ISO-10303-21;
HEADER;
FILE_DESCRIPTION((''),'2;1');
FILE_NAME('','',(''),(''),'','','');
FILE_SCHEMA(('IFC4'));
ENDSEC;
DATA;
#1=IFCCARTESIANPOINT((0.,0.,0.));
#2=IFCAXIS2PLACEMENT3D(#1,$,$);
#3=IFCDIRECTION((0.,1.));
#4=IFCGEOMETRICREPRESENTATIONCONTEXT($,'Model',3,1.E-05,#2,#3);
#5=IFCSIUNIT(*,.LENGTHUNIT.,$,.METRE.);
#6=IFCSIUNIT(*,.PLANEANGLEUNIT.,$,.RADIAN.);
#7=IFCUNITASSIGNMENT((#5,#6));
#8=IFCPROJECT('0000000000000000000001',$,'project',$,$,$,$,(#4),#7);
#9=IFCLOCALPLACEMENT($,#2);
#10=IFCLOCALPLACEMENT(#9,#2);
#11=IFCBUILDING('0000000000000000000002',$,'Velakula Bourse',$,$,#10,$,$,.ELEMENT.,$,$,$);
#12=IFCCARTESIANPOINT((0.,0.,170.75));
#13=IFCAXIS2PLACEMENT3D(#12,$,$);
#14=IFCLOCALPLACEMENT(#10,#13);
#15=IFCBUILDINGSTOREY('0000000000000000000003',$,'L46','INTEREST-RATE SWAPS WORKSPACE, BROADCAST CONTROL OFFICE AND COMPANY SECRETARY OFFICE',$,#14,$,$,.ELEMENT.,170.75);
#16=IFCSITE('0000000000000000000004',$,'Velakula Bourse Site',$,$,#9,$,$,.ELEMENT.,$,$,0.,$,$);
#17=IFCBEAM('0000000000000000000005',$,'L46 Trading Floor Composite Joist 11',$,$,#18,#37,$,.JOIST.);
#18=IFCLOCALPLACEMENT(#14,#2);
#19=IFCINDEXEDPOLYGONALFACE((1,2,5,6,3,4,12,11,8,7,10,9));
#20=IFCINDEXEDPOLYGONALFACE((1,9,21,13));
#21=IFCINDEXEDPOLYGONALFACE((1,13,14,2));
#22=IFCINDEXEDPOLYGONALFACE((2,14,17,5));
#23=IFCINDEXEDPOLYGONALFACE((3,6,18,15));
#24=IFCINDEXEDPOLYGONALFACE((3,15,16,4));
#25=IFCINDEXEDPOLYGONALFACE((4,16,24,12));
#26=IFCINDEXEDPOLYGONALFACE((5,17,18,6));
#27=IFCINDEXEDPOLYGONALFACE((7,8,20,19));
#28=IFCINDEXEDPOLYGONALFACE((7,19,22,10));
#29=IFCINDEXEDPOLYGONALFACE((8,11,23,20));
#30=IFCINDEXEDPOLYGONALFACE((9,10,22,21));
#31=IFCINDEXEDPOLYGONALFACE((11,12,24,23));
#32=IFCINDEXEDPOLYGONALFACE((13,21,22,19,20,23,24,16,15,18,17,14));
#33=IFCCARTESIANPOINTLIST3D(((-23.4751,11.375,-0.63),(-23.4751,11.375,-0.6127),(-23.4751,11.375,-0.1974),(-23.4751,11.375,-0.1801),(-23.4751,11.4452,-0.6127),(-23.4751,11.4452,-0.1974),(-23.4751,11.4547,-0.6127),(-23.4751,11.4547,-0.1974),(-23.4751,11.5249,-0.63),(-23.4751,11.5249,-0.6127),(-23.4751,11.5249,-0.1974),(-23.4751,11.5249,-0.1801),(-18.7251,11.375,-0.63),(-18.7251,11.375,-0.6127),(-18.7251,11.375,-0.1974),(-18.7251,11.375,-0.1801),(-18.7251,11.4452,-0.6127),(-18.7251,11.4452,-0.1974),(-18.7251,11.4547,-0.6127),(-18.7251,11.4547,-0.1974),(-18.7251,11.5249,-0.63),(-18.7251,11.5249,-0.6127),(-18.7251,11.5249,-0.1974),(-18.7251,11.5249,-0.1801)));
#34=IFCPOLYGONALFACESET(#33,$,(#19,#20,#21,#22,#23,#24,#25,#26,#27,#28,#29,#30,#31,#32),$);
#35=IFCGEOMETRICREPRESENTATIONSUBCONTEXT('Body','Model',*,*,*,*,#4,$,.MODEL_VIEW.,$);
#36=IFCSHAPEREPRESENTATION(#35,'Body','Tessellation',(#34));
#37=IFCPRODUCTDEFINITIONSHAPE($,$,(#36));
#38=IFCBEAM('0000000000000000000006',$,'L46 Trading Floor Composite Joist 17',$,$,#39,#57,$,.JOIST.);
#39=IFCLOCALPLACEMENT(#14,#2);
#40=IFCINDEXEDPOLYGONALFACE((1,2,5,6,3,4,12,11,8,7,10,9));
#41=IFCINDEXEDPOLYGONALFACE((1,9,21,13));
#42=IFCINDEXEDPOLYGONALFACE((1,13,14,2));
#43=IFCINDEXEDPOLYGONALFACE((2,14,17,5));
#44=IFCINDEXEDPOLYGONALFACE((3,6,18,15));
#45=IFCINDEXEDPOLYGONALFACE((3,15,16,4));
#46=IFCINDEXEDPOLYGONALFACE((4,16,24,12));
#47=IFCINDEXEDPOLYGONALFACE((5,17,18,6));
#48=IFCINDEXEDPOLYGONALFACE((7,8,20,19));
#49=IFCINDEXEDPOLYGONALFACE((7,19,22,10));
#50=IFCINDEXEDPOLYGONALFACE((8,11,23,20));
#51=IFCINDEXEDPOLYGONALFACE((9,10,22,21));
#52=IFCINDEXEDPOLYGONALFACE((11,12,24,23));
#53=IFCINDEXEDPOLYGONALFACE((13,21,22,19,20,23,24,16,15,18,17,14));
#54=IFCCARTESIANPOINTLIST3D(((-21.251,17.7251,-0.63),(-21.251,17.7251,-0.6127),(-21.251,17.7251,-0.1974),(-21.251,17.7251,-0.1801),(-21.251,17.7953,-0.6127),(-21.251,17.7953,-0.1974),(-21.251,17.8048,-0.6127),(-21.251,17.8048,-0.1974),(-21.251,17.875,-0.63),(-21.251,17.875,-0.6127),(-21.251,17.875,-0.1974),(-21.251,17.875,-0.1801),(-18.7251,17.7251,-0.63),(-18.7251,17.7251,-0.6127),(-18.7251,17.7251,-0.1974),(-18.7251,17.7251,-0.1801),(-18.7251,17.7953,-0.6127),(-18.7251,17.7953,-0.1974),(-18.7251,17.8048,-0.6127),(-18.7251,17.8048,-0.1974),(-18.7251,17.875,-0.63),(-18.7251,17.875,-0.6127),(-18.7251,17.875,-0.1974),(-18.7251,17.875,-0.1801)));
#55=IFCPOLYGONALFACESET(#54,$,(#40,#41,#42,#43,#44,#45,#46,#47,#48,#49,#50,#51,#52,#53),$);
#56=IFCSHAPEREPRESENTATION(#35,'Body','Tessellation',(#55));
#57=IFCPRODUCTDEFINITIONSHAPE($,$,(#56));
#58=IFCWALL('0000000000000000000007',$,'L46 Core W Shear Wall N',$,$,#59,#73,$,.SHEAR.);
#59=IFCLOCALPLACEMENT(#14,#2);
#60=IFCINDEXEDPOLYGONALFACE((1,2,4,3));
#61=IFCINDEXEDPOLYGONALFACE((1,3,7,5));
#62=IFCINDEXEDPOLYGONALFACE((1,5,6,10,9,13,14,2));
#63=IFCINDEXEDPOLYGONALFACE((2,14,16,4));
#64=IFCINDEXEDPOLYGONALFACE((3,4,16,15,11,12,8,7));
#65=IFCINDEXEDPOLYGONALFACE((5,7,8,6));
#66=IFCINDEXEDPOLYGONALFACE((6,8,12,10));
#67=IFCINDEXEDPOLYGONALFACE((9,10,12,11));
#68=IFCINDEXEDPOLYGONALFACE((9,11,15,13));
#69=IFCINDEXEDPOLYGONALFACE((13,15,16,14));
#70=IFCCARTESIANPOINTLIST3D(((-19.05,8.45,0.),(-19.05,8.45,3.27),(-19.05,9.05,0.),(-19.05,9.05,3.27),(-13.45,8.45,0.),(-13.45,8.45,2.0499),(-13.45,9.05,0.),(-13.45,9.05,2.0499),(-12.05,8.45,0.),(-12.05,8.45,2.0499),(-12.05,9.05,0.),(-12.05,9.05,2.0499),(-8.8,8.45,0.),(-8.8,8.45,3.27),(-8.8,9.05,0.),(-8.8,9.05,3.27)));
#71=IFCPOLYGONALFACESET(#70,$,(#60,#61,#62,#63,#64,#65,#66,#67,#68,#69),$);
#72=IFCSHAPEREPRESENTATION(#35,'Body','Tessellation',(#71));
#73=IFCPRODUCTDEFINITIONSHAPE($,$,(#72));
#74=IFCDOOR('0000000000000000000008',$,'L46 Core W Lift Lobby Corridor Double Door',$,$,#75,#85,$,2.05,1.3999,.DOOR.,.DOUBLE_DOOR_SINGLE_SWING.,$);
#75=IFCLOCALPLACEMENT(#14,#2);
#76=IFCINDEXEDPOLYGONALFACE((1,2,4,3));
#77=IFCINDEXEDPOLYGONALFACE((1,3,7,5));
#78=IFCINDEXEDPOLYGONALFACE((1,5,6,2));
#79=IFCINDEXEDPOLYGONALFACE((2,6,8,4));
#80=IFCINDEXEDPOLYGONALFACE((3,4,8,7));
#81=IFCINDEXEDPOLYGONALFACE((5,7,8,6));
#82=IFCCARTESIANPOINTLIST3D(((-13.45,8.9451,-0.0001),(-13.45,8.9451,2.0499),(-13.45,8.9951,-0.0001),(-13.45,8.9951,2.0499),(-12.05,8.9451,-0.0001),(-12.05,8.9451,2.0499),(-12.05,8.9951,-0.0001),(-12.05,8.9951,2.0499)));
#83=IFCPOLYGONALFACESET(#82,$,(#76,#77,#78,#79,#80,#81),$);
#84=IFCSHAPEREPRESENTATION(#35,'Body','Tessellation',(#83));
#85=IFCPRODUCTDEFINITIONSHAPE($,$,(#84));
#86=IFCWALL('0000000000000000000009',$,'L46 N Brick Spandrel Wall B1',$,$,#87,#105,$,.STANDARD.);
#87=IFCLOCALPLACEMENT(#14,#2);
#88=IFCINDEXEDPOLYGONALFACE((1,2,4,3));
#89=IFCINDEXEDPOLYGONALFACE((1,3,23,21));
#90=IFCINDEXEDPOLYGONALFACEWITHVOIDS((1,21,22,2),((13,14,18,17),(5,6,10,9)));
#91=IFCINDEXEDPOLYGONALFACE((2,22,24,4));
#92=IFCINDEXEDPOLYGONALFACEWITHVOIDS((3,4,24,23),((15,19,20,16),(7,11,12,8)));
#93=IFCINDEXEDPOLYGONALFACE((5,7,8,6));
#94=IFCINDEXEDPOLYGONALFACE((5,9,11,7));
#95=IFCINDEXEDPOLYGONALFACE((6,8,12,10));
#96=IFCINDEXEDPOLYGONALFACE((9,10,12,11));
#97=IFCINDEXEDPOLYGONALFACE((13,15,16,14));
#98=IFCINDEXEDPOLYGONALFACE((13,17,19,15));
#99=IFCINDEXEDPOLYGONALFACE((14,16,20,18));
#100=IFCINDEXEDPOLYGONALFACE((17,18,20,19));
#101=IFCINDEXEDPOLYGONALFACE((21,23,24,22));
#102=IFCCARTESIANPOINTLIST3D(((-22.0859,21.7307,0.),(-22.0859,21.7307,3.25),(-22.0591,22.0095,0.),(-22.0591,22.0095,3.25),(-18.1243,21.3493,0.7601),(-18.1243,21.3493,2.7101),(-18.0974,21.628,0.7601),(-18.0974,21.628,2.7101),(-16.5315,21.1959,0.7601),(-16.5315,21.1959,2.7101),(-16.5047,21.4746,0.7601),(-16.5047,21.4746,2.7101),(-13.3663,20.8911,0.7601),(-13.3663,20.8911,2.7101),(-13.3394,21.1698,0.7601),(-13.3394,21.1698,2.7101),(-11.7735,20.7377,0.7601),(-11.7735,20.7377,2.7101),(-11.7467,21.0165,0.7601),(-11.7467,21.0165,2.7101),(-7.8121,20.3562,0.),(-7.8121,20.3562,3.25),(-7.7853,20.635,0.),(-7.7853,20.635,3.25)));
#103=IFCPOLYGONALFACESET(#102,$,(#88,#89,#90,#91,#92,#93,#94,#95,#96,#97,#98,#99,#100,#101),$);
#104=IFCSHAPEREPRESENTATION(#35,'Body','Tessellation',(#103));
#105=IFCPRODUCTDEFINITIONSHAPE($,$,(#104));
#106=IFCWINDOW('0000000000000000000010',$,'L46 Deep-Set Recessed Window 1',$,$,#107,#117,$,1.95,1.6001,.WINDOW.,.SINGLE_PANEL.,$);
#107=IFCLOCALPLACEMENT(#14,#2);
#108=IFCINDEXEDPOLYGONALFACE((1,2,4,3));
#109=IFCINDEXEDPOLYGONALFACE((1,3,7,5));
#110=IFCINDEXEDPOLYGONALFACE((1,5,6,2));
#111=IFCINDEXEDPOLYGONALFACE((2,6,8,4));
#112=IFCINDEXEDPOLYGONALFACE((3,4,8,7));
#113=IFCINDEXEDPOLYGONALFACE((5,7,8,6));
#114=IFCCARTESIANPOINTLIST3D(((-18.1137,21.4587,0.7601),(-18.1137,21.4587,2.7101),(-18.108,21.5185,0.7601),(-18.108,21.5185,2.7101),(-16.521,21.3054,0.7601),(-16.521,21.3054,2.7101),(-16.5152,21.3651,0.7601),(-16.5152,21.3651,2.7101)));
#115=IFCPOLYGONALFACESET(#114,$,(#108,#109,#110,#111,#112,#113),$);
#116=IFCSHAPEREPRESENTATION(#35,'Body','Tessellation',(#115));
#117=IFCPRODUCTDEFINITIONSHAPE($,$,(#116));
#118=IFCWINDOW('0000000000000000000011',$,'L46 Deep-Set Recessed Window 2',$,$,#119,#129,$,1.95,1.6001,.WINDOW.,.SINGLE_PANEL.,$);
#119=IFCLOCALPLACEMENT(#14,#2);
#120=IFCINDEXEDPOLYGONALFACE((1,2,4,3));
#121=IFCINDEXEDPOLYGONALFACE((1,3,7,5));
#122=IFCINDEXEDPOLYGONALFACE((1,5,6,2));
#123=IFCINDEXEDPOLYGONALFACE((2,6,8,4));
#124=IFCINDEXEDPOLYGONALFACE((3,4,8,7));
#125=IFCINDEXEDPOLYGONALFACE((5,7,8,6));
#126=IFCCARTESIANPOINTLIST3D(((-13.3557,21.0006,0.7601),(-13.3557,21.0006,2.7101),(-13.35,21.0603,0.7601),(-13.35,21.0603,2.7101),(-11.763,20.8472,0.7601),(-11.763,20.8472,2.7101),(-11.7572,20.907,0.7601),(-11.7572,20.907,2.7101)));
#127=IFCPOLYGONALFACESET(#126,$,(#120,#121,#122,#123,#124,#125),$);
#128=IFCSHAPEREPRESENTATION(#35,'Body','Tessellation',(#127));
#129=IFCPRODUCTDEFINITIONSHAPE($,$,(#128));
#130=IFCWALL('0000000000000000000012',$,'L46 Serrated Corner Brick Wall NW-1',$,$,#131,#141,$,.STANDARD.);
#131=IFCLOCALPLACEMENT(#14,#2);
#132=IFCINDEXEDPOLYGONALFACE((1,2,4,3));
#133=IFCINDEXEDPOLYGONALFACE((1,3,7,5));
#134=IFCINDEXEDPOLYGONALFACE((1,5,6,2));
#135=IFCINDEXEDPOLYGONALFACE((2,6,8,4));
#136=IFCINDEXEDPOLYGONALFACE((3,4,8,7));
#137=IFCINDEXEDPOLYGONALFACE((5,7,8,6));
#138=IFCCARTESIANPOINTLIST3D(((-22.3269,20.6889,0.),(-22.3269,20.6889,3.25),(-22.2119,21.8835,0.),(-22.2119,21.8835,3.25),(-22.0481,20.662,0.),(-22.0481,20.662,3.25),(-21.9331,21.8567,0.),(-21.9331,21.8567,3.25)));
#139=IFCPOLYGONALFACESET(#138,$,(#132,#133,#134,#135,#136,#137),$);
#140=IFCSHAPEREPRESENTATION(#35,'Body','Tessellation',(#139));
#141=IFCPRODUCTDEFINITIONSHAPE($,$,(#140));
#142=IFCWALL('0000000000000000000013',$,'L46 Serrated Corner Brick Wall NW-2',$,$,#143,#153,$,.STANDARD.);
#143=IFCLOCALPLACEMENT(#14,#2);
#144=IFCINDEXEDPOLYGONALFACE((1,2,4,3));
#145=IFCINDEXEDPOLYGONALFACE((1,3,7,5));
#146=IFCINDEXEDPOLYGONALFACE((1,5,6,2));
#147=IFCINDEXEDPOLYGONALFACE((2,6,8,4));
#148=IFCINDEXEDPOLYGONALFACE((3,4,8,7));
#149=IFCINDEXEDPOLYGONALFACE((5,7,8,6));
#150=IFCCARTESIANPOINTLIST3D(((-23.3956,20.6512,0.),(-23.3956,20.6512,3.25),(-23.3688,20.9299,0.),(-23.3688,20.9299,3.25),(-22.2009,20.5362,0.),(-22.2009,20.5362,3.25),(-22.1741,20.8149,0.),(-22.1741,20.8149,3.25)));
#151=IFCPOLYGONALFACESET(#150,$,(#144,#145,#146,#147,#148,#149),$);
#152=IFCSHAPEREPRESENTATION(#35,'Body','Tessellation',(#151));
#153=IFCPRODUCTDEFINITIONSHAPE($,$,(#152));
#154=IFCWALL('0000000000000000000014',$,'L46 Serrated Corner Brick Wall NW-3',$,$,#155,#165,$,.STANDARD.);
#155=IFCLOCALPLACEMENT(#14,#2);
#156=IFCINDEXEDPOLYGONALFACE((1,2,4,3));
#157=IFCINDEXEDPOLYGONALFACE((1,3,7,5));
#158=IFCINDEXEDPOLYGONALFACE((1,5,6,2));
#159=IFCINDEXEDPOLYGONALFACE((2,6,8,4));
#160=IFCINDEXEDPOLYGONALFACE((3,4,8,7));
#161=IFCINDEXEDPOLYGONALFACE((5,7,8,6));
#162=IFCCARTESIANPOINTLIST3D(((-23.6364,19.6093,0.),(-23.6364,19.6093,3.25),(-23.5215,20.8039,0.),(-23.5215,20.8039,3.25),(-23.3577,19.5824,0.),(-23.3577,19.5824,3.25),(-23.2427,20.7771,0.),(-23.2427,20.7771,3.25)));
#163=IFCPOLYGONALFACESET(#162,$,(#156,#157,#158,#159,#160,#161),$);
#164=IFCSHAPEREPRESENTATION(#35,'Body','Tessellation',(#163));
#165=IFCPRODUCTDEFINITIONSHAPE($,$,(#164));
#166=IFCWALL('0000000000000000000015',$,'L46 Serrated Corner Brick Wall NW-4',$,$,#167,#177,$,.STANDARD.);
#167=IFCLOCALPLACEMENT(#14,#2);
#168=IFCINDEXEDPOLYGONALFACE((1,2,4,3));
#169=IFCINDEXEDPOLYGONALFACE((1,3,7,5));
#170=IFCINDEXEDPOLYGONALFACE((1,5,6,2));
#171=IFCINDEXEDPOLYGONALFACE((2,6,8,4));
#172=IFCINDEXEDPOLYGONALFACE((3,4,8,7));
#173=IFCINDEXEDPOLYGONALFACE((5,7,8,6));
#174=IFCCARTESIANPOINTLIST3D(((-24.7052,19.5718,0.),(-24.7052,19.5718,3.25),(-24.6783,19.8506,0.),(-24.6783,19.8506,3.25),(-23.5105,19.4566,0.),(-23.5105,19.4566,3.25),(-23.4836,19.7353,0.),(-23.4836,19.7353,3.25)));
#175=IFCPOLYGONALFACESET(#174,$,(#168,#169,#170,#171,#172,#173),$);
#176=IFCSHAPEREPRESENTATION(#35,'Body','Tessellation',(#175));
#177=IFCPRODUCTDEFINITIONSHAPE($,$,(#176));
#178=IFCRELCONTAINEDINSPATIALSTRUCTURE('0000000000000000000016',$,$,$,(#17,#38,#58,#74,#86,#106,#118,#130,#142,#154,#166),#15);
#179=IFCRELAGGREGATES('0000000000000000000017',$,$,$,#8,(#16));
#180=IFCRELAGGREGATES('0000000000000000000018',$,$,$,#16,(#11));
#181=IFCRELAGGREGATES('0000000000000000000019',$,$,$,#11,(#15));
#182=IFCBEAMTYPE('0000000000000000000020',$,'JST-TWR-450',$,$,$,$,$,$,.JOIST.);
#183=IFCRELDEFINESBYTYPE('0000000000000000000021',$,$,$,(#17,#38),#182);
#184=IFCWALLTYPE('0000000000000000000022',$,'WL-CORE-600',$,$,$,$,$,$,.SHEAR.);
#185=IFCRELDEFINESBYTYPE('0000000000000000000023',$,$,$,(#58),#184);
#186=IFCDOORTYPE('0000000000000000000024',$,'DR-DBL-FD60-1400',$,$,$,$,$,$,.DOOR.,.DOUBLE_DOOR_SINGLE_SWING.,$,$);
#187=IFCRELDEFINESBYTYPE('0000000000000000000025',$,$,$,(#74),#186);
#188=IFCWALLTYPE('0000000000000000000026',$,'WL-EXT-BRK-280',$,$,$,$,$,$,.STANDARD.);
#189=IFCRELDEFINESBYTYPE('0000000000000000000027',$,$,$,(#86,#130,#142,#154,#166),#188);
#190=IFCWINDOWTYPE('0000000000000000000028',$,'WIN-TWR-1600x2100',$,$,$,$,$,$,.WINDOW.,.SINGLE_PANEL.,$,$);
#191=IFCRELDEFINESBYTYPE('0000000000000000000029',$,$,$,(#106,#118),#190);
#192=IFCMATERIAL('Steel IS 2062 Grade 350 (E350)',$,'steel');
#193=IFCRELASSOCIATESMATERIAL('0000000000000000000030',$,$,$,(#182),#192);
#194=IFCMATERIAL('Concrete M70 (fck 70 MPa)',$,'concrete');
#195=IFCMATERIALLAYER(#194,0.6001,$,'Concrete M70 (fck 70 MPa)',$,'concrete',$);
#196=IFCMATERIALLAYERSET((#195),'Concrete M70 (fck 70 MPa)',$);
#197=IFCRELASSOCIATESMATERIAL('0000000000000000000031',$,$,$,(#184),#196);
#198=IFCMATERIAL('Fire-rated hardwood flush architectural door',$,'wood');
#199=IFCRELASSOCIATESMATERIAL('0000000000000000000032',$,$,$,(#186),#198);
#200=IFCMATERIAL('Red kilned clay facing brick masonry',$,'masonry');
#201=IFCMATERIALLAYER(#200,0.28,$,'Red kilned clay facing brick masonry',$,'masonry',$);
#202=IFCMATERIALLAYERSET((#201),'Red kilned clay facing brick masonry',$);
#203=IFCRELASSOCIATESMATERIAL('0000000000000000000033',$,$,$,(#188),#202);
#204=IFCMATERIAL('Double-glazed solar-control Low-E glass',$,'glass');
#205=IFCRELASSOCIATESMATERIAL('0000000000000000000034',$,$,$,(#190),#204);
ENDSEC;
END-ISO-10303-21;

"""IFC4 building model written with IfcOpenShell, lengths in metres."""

from ifc_helpers import new_model, si_unit, direction, frame, frame_2d, origin, origin_2d, place, context, subcontext, project, spatial, rectangle, i_section, extrude, material, layer, layer_set, material_profile, profile_set, type_object, element, fill, save


model = new_model("IFC4")

# Units and contexts
model_context = context("Model", 3, precision=1e-05, world=origin(), true_north=direction((0.0, 1.0)))
body_context = subcontext(model_context, "Body", "Model", "MODEL_VIEW")
ifc_project = project(units=[si_unit("LENGTHUNIT", "METRE"), si_unit("PLANEANGLEUNIT", "RADIAN")], contexts=[model_context])

# Site, building, storey
site_placement = place(None, origin())
site = spatial("IfcSite", under=ifc_project, at=site_placement, Name="Velakula Bourse Site", CompositionType="ELEMENT", RefElevation=0.0)
building_placement = place(site_placement, origin())
building = spatial("IfcBuilding", under=site, at=building_placement, Name="Velakula Bourse", CompositionType="ELEMENT")
storey_placement = place(building_placement, frame((0.0, 0.0, 170.75)))
storey = spatial("IfcBuildingStorey", under=building, at=storey_placement, Name="L46", Description="INTEREST-RATE SWAPS WORKSPACE, BROADCAST CONTROL OFFICE AND COMPANY SECRETARY OFFICE", CompositionType="ELEMENT", Elevation=170.75)

# Shared definitions
ifc_material_1 = material(Name="Steel IS 2062 Grade 350 (E350)", Category="steel")

# Beams
ifc_material_profile_1 = material_profile(ifc_material_1, i_section(OverallWidth=0.1499, OverallDepth=0.45, WebThickness=0.0095, FlangeThickness=0.0173, at=origin_2d()), Name="Steel IS 2062 Grade 350 (E350)")
ifc_profile_set_1 = profile_set([ifc_material_profile_1], Name="Steel IS 2062 Grade 350 (E350)")
beam_type_1 = type_object("IfcBeamType", Name="JST-TWR-450", PredefinedType="JOIST", material=ifc_profile_set_1)
beam_1_placement = place(storey_placement, frame((-23.4751, 11.45, -0.405), z_axis=(1.0, 0.0, 0.0), x_axis=(0.0, 1.0, 0.0)))
element("IfcBeam", 1, at=beam_1_placement, inside=storey, type_object=beam_type_1, Name="L46 Trading Floor Composite Joist 11", PredefinedType="JOIST", context=body_context, shape_type="SweptSolid", body=[
    extrude(i_section(OverallWidth=0.1499, OverallDepth=0.45, WebThickness=0.0095, FlangeThickness=0.0173, at=origin_2d()), origin(), (0.0, 0.0, 1.0), 4.75),
])
beam_2_placement = place(storey_placement, frame((-21.251, 17.8, -0.405), z_axis=(1.0, 0.0, 0.0), x_axis=(0.0, 1.0, 0.0)))
element("IfcBeam", 2, at=beam_2_placement, inside=storey, type_object=beam_type_1, Name="L46 Trading Floor Composite Joist 17", PredefinedType="JOIST", context=body_context, shape_type="SweptSolid", body=[
    extrude(i_section(OverallWidth=0.1499, OverallDepth=0.45, WebThickness=0.0095, FlangeThickness=0.0173, at=origin_2d()), origin(), (0.0, 0.0, 1.0), 2.5259),
])

# Wall, opening, door
ifc_material_2 = material(Name="Concrete M70 (fck 70 MPa)", Category="concrete")
ifc_layer_1 = layer(ifc_material_2, 0.6001, Name="Concrete M70 (fck 70 MPa)", Category="concrete")
ifc_layer_set_1 = layer_set([ifc_layer_1], Name="Concrete M70 (fck 70 MPa)")
wall_type_1 = type_object("IfcWallType", Name="WL-CORE-600", PredefinedType="SHEAR", material=ifc_layer_set_1)
wall_1_placement = place(storey_placement, frame((-19.05, 8.75, 0.0), z_axis=(0.0, 0.0, 1.0), x_axis=(1.0, 0.0, 0.0)))
wall_1 = element("IfcWall", 3, at=wall_1_placement, inside=storey, type_object=wall_type_1, Name="L46 Core W Shear Wall N", PredefinedType="SHEAR", context=body_context, shape_type="SweptSolid", body=[
    extrude(rectangle(XDim=10.25, YDim=0.6001, at=frame_2d((5.125, 0.0))), origin(), (0.0, 0.0, 1.0), 3.27),
])
opening_1_placement = place(wall_1_placement, frame((5.6001, 0.0, 0.0)))
opening_1 = element("IfcOpeningElement", 4, at=opening_1_placement, cuts=wall_1, PredefinedType="OPENING", context=body_context, shape_type="SweptSolid", body=[
    extrude(rectangle(XDim=1.3999, YDim=2.05, at=frame_2d((0.7, 1.0249))), frame((0.0, 0.3101, 0.0), z_axis=(0.0, -1.0, 0.0), x_axis=(1.0, 0.0, 0.0)), (0.0, 0.0, 1.0), 0.6201),
])
ifc_material_3 = material(Name="Fire-rated hardwood flush architectural door", Category="wood")
door_type_1 = type_object("IfcDoorType", Name="DR-DBL-FD60-1400", OperationType="DOUBLE_DOOR_SINGLE_SWING", PredefinedType="DOOR", material=ifc_material_3)
door_1_placement = place(opening_1_placement, origin())
door_1 = element("IfcDoor", 5, at=door_1_placement, inside=storey, type_object=door_type_1, Name="L46 Core W Lift Lobby Corridor Double Door", OperationType="DOUBLE_DOOR_SINGLE_SWING", OverallHeight=2.05, OverallWidth=1.3999, PredefinedType="DOOR", context=body_context, shape_type="SweptSolid", body=[
    extrude(rectangle(XDim=1.3999, YDim=2.05, at=frame_2d((0.7, 1.0249))), frame((0.0, 0.2451, 0.0), z_axis=(0.0, -1.0, 0.0), x_axis=(1.0, 0.0, 0.0)), (0.0, 0.0, 1.0), 0.05),
])
fill(opening_1, door_1)

# Wall, openings, windows
ifc_material_4 = material(Name="Red kilned clay facing brick masonry", Category="masonry")
ifc_layer_2 = layer(ifc_material_4, 0.28, Name="Red kilned clay facing brick masonry", Category="masonry")
ifc_layer_set_2 = layer_set([ifc_layer_2], Name="Red kilned clay facing brick masonry")
wall_type_2 = type_object("IfcWallType", Name="WL-EXT-BRK-280", PredefinedType="STANDARD", material=ifc_layer_set_2)
wall_2_placement = place(storey_placement, frame((-22.0725, 21.8701, 0.0), z_axis=(0.0, 0.0, 1.0), x_axis=(0.995396, -0.095852, 0.0)))
wall_2 = element("IfcWall", 6, at=wall_2_placement, inside=storey, type_object=wall_type_2, Name="L46 N Brick Spandrel Wall B1", PredefinedType="STANDARD", context=body_context, shape_type="SweptSolid", body=[
    extrude(rectangle(XDim=14.3398, YDim=0.28, at=frame_2d((7.1699, 0.0))), origin(), (0.0, 0.0, 1.0), 3.25),
])
opening_2_placement = place(wall_2_placement, frame((3.98, 0.0, 0.76)))
opening_2 = element("IfcOpeningElement", 7, at=opening_2_placement, cuts=wall_2, PredefinedType="OPENING", context=body_context, shape_type="SweptSolid", body=[
    extrude(rectangle(XDim=1.6001, YDim=1.95, at=frame_2d((0.8, 0.9751))), frame((0.0, 0.1499, 0.0), z_axis=(0.0, -1.0, 0.0), x_axis=(1.0, 0.0, 0.0)), (0.0, 0.0, 1.0), 0.3),
])
opening_3_placement = place(wall_2_placement, frame((8.76, 0.0, 0.76)))
opening_3 = element("IfcOpeningElement", 8, at=opening_3_placement, cuts=wall_2, PredefinedType="OPENING", context=body_context, shape_type="SweptSolid", body=[
    extrude(rectangle(XDim=1.6001, YDim=1.95, at=frame_2d((0.8, 0.9751))), frame((0.0, 0.1499, 0.0), z_axis=(0.0, -1.0, 0.0), x_axis=(1.0, 0.0, 0.0)), (0.0, 0.0, 1.0), 0.3),
])
ifc_material_5 = material(Name="Double-glazed solar-control Low-E glass", Category="glass")
window_type = type_object("IfcWindowType", Name="WIN-TWR-1600x2100", PartitioningType="SINGLE_PANEL", PredefinedType="WINDOW", material=ifc_material_5)
window_1_placement = place(opening_2_placement, origin())
window_1 = element("IfcWindow", 9, at=window_1_placement, inside=storey, type_object=window_type, Name="L46 Deep-Set Recessed Window 1", OverallHeight=1.95, OverallWidth=1.6001, PartitioningType="SINGLE_PANEL", PredefinedType="WINDOW", context=body_context, shape_type="SweptSolid", body=[
    extrude(rectangle(XDim=1.6001, YDim=1.95, at=frame_2d((0.8, 0.9751))), frame((0.0, 0.03, 0.0), z_axis=(0.0, -1.0, 0.0), x_axis=(1.0, 0.0, 0.0)), (0.0, 0.0, 1.0), 0.0601),
])
fill(opening_2, window_1)
window_2_placement = place(opening_3_placement, origin())
window_2 = element("IfcWindow", 10, at=window_2_placement, inside=storey, type_object=window_type, Name="L46 Deep-Set Recessed Window 2", OverallHeight=1.95, OverallWidth=1.6001, PartitioningType="SINGLE_PANEL", PredefinedType="WINDOW", context=body_context, shape_type="SweptSolid", body=[
    extrude(rectangle(XDim=1.6001, YDim=1.95, at=frame_2d((0.8, 0.9751))), frame((0.0, 0.03, 0.0), z_axis=(0.0, -1.0, 0.0), x_axis=(1.0, 0.0, 0.0)), (0.0, 0.0, 1.0), 0.0601),
])
fill(opening_3, window_2)

# Walls
for number, where, z_axis, x_axis, name in (
    (11, (-22.0725, 21.8701, 0.0), (0.0, 0.0, 1.0), (-0.095817, -0.995399, 0.0), "L46 Serrated Corner Brick Wall NW-1"),
    (12, (-22.1875, 20.6755, 0.0), (0.0, 0.0, 1.0), (-0.995399, 0.095817, 0.0), "L46 Serrated Corner Brick Wall NW-2"),
    (13, (-23.3821, 20.7905, 0.0), (0.0, 0.0, 1.0), (-0.095817, -0.995399, 0.0), "L46 Serrated Corner Brick Wall NW-3"),
    (14, (-23.4971, 19.5959, 0.0), (0.0, 0.0, 1.0), (-0.99538, 0.096019, 0.0), "L46 Serrated Corner Brick Wall NW-4"),
):
    element("IfcWall", number, at=place(storey_placement, frame(where, z_axis=z_axis, x_axis=x_axis)), inside=storey, type_object=wall_type_2, Name=name, PredefinedType="STANDARD", context=body_context, shape_type="SweptSolid", body=[
        extrude(rectangle(XDim=1.2002, YDim=0.28, at=frame_2d((0.6001, 0.0))), origin(), (0.0, 0.0, 1.0), 3.25),
    ])

save(model, "model.ifc")
